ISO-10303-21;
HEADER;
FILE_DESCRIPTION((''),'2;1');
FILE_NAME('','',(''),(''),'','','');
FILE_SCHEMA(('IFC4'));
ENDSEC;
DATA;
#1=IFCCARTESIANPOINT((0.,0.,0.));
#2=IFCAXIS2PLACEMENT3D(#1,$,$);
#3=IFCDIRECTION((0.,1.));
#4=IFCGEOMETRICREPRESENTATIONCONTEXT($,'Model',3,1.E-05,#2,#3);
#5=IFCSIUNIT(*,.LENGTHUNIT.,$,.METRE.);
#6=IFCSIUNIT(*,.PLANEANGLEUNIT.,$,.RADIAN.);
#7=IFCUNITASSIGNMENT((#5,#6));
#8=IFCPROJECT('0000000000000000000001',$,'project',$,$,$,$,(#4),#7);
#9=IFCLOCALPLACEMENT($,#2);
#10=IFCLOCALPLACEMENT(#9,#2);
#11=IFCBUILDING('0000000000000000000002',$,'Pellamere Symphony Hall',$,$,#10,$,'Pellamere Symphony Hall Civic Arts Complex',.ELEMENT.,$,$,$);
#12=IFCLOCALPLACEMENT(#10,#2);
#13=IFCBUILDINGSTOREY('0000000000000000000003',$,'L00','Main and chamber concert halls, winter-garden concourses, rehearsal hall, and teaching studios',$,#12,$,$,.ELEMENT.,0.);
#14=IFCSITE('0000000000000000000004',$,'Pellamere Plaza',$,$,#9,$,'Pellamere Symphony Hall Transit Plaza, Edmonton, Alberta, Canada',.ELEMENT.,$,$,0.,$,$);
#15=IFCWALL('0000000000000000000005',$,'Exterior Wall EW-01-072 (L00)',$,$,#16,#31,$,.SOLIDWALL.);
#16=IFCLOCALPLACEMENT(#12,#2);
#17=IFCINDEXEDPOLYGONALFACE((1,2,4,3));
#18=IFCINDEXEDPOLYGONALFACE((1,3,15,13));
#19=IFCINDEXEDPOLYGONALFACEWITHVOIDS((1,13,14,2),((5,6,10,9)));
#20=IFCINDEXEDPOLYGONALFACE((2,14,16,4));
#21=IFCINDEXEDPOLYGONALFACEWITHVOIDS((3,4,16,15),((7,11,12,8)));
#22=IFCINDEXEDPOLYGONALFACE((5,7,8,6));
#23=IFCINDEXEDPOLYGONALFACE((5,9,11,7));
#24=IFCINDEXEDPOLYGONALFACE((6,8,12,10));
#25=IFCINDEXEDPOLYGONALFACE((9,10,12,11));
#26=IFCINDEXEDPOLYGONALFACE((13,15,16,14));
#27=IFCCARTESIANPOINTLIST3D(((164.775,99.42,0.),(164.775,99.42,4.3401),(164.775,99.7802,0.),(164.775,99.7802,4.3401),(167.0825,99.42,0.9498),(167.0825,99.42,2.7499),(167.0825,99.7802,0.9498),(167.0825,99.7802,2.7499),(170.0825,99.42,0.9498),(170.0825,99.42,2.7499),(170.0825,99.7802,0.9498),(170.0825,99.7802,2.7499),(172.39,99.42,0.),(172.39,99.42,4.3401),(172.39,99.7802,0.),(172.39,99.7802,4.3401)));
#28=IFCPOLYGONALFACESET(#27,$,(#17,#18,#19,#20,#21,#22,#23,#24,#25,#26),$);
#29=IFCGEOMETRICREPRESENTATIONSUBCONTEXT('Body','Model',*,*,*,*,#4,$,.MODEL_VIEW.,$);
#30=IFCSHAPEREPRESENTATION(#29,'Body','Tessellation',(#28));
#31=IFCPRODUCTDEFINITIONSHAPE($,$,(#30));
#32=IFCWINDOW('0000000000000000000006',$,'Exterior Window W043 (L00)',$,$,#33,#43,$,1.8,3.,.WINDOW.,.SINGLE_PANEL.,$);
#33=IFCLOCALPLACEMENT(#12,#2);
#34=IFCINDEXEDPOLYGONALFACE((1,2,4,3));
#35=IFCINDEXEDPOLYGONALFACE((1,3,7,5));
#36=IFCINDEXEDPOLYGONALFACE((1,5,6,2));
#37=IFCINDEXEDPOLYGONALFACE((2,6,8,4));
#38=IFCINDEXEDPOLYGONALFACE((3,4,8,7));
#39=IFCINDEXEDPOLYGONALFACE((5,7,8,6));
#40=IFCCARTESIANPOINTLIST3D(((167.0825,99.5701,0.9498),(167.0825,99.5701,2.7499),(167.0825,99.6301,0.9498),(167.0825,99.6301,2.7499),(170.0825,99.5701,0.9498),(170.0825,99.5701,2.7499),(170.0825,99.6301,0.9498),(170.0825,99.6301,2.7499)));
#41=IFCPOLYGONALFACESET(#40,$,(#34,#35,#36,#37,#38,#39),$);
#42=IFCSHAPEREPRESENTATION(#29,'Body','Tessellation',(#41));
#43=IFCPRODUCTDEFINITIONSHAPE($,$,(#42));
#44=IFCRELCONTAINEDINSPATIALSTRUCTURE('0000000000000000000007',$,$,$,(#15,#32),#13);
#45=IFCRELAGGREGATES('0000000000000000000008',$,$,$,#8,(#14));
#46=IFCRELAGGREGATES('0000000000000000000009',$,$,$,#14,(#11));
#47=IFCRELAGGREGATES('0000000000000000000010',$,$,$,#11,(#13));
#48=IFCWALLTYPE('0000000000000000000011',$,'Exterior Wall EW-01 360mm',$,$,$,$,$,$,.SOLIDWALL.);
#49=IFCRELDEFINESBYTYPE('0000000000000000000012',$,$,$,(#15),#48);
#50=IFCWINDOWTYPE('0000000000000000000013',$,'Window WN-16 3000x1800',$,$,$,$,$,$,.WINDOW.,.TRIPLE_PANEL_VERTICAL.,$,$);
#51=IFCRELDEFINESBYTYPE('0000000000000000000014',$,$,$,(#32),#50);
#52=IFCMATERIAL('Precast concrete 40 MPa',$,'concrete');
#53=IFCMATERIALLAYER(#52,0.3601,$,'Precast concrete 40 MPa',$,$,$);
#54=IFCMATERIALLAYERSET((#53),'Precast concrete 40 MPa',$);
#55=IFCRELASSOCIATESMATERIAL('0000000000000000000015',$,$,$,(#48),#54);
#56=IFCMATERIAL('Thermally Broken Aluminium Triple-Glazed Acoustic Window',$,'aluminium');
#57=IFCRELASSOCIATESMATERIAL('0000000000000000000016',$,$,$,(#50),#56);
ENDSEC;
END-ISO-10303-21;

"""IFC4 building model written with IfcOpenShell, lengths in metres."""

from ifc_helpers import new_model, si_unit, direction, frame, frame_2d, origin, place, context, subcontext, project, spatial, rectangle, extrude, material, layer, layer_set, type_object, element, fill, save


model = new_model("IFC4")

# Units and contexts
model_context = context("Model", 3, precision=1e-05, world=origin(), true_north=direction((0.0, 1.0)))
body_context = subcontext(model_context, "Body", "Model", "MODEL_VIEW")
ifc_project = project(units=[si_unit("LENGTHUNIT", "METRE"), si_unit("PLANEANGLEUNIT", "RADIAN")], contexts=[model_context])

# Site, building, storey
site_placement = place(None, origin())
site = spatial("IfcSite", under=ifc_project, at=site_placement, Name="Pellamere Plaza", LongName="Pellamere Symphony Hall Transit Plaza, Edmonton, Alberta, Canada", CompositionType="ELEMENT", RefElevation=0.0)
building_placement = place(site_placement, origin())
building = spatial("IfcBuilding", under=site, at=building_placement, Name="Pellamere Symphony Hall", LongName="Pellamere Symphony Hall Civic Arts Complex", CompositionType="ELEMENT")
storey_placement = place(building_placement, origin())
storey = spatial("IfcBuildingStorey", under=building, at=storey_placement, Name="L00", Description="Main and chamber concert halls, winter-garden concourses, rehearsal hall, and teaching studios", CompositionType="ELEMENT", Elevation=0.0)

# Wall, opening, window
ifc_material_1 = material(Name="Precast concrete 40 MPa", Category="concrete")
ifc_layer_1 = layer(ifc_material_1, 0.3601, Name="Precast concrete 40 MPa")
ifc_layer_set_1 = layer_set([ifc_layer_1], Name="Precast concrete 40 MPa")
wall_type = type_object("IfcWallType", Name="Exterior Wall EW-01 360mm", PredefinedType="SOLIDWALL", material=ifc_layer_set_1)
wall_placement = place(storey_placement, frame((164.7749, 99.6001, 0.0), z_axis=(0.0, 0.0, 1.0), x_axis=(1.0, 0.0, 0.0)))
wall = element("IfcWall", 1, at=wall_placement, inside=storey, type_object=wall_type, Name="Exterior Wall EW-01-072 (L00)", PredefinedType="SOLIDWALL", context=body_context, shape_type="SweptSolid", body=[
    extrude(rectangle(XDim=7.615, YDim=0.3601, at=frame_2d((3.8076, 0.0))), origin(), (0.0, 0.0, 1.0), 4.3401),
])
opening_placement = place(wall_placement, frame((2.3076, 0.0, 0.95)))
opening = element("IfcOpeningElement", 2, at=opening_placement, cuts=wall, PredefinedType="OPENING", context=body_context, shape_type="SweptSolid", body=[
    extrude(rectangle(XDim=3.0, YDim=1.8, at=frame_2d((1.5, 0.8999))), frame((0.0, 0.1899, 0.0), z_axis=(0.0, -1.0, 0.0), x_axis=(1.0, 0.0, 0.0)), (0.0, 0.0, 1.0), 0.3801),
])
ifc_material_2 = material(Name="Thermally Broken Aluminium Triple-Glazed Acoustic Window", Category="aluminium")
window_type = type_object("IfcWindowType", Name="Window WN-16 3000x1800", PartitioningType="TRIPLE_PANEL_VERTICAL", PredefinedType="WINDOW", material=ifc_material_2)
window_placement = place(opening_placement, origin())
window = element("IfcWindow", 3, at=window_placement, inside=storey, type_object=window_type, Name="Exterior Window W043 (L00)", OverallHeight=1.8, OverallWidth=3.0, PartitioningType="SINGLE_PANEL", PredefinedType="WINDOW", context=body_context, shape_type="SweptSolid", body=[
    extrude(rectangle(XDim=3.0, YDim=1.8, at=frame_2d((1.5, 0.8999))), frame((0.0, 0.03, 0.0), z_axis=(0.0, -1.0, 0.0), x_axis=(1.0, 0.0, 0.0)), (0.0, 0.0, 1.0), 0.0601),
])
fill(opening, window)

save(model, "model.ifc")
